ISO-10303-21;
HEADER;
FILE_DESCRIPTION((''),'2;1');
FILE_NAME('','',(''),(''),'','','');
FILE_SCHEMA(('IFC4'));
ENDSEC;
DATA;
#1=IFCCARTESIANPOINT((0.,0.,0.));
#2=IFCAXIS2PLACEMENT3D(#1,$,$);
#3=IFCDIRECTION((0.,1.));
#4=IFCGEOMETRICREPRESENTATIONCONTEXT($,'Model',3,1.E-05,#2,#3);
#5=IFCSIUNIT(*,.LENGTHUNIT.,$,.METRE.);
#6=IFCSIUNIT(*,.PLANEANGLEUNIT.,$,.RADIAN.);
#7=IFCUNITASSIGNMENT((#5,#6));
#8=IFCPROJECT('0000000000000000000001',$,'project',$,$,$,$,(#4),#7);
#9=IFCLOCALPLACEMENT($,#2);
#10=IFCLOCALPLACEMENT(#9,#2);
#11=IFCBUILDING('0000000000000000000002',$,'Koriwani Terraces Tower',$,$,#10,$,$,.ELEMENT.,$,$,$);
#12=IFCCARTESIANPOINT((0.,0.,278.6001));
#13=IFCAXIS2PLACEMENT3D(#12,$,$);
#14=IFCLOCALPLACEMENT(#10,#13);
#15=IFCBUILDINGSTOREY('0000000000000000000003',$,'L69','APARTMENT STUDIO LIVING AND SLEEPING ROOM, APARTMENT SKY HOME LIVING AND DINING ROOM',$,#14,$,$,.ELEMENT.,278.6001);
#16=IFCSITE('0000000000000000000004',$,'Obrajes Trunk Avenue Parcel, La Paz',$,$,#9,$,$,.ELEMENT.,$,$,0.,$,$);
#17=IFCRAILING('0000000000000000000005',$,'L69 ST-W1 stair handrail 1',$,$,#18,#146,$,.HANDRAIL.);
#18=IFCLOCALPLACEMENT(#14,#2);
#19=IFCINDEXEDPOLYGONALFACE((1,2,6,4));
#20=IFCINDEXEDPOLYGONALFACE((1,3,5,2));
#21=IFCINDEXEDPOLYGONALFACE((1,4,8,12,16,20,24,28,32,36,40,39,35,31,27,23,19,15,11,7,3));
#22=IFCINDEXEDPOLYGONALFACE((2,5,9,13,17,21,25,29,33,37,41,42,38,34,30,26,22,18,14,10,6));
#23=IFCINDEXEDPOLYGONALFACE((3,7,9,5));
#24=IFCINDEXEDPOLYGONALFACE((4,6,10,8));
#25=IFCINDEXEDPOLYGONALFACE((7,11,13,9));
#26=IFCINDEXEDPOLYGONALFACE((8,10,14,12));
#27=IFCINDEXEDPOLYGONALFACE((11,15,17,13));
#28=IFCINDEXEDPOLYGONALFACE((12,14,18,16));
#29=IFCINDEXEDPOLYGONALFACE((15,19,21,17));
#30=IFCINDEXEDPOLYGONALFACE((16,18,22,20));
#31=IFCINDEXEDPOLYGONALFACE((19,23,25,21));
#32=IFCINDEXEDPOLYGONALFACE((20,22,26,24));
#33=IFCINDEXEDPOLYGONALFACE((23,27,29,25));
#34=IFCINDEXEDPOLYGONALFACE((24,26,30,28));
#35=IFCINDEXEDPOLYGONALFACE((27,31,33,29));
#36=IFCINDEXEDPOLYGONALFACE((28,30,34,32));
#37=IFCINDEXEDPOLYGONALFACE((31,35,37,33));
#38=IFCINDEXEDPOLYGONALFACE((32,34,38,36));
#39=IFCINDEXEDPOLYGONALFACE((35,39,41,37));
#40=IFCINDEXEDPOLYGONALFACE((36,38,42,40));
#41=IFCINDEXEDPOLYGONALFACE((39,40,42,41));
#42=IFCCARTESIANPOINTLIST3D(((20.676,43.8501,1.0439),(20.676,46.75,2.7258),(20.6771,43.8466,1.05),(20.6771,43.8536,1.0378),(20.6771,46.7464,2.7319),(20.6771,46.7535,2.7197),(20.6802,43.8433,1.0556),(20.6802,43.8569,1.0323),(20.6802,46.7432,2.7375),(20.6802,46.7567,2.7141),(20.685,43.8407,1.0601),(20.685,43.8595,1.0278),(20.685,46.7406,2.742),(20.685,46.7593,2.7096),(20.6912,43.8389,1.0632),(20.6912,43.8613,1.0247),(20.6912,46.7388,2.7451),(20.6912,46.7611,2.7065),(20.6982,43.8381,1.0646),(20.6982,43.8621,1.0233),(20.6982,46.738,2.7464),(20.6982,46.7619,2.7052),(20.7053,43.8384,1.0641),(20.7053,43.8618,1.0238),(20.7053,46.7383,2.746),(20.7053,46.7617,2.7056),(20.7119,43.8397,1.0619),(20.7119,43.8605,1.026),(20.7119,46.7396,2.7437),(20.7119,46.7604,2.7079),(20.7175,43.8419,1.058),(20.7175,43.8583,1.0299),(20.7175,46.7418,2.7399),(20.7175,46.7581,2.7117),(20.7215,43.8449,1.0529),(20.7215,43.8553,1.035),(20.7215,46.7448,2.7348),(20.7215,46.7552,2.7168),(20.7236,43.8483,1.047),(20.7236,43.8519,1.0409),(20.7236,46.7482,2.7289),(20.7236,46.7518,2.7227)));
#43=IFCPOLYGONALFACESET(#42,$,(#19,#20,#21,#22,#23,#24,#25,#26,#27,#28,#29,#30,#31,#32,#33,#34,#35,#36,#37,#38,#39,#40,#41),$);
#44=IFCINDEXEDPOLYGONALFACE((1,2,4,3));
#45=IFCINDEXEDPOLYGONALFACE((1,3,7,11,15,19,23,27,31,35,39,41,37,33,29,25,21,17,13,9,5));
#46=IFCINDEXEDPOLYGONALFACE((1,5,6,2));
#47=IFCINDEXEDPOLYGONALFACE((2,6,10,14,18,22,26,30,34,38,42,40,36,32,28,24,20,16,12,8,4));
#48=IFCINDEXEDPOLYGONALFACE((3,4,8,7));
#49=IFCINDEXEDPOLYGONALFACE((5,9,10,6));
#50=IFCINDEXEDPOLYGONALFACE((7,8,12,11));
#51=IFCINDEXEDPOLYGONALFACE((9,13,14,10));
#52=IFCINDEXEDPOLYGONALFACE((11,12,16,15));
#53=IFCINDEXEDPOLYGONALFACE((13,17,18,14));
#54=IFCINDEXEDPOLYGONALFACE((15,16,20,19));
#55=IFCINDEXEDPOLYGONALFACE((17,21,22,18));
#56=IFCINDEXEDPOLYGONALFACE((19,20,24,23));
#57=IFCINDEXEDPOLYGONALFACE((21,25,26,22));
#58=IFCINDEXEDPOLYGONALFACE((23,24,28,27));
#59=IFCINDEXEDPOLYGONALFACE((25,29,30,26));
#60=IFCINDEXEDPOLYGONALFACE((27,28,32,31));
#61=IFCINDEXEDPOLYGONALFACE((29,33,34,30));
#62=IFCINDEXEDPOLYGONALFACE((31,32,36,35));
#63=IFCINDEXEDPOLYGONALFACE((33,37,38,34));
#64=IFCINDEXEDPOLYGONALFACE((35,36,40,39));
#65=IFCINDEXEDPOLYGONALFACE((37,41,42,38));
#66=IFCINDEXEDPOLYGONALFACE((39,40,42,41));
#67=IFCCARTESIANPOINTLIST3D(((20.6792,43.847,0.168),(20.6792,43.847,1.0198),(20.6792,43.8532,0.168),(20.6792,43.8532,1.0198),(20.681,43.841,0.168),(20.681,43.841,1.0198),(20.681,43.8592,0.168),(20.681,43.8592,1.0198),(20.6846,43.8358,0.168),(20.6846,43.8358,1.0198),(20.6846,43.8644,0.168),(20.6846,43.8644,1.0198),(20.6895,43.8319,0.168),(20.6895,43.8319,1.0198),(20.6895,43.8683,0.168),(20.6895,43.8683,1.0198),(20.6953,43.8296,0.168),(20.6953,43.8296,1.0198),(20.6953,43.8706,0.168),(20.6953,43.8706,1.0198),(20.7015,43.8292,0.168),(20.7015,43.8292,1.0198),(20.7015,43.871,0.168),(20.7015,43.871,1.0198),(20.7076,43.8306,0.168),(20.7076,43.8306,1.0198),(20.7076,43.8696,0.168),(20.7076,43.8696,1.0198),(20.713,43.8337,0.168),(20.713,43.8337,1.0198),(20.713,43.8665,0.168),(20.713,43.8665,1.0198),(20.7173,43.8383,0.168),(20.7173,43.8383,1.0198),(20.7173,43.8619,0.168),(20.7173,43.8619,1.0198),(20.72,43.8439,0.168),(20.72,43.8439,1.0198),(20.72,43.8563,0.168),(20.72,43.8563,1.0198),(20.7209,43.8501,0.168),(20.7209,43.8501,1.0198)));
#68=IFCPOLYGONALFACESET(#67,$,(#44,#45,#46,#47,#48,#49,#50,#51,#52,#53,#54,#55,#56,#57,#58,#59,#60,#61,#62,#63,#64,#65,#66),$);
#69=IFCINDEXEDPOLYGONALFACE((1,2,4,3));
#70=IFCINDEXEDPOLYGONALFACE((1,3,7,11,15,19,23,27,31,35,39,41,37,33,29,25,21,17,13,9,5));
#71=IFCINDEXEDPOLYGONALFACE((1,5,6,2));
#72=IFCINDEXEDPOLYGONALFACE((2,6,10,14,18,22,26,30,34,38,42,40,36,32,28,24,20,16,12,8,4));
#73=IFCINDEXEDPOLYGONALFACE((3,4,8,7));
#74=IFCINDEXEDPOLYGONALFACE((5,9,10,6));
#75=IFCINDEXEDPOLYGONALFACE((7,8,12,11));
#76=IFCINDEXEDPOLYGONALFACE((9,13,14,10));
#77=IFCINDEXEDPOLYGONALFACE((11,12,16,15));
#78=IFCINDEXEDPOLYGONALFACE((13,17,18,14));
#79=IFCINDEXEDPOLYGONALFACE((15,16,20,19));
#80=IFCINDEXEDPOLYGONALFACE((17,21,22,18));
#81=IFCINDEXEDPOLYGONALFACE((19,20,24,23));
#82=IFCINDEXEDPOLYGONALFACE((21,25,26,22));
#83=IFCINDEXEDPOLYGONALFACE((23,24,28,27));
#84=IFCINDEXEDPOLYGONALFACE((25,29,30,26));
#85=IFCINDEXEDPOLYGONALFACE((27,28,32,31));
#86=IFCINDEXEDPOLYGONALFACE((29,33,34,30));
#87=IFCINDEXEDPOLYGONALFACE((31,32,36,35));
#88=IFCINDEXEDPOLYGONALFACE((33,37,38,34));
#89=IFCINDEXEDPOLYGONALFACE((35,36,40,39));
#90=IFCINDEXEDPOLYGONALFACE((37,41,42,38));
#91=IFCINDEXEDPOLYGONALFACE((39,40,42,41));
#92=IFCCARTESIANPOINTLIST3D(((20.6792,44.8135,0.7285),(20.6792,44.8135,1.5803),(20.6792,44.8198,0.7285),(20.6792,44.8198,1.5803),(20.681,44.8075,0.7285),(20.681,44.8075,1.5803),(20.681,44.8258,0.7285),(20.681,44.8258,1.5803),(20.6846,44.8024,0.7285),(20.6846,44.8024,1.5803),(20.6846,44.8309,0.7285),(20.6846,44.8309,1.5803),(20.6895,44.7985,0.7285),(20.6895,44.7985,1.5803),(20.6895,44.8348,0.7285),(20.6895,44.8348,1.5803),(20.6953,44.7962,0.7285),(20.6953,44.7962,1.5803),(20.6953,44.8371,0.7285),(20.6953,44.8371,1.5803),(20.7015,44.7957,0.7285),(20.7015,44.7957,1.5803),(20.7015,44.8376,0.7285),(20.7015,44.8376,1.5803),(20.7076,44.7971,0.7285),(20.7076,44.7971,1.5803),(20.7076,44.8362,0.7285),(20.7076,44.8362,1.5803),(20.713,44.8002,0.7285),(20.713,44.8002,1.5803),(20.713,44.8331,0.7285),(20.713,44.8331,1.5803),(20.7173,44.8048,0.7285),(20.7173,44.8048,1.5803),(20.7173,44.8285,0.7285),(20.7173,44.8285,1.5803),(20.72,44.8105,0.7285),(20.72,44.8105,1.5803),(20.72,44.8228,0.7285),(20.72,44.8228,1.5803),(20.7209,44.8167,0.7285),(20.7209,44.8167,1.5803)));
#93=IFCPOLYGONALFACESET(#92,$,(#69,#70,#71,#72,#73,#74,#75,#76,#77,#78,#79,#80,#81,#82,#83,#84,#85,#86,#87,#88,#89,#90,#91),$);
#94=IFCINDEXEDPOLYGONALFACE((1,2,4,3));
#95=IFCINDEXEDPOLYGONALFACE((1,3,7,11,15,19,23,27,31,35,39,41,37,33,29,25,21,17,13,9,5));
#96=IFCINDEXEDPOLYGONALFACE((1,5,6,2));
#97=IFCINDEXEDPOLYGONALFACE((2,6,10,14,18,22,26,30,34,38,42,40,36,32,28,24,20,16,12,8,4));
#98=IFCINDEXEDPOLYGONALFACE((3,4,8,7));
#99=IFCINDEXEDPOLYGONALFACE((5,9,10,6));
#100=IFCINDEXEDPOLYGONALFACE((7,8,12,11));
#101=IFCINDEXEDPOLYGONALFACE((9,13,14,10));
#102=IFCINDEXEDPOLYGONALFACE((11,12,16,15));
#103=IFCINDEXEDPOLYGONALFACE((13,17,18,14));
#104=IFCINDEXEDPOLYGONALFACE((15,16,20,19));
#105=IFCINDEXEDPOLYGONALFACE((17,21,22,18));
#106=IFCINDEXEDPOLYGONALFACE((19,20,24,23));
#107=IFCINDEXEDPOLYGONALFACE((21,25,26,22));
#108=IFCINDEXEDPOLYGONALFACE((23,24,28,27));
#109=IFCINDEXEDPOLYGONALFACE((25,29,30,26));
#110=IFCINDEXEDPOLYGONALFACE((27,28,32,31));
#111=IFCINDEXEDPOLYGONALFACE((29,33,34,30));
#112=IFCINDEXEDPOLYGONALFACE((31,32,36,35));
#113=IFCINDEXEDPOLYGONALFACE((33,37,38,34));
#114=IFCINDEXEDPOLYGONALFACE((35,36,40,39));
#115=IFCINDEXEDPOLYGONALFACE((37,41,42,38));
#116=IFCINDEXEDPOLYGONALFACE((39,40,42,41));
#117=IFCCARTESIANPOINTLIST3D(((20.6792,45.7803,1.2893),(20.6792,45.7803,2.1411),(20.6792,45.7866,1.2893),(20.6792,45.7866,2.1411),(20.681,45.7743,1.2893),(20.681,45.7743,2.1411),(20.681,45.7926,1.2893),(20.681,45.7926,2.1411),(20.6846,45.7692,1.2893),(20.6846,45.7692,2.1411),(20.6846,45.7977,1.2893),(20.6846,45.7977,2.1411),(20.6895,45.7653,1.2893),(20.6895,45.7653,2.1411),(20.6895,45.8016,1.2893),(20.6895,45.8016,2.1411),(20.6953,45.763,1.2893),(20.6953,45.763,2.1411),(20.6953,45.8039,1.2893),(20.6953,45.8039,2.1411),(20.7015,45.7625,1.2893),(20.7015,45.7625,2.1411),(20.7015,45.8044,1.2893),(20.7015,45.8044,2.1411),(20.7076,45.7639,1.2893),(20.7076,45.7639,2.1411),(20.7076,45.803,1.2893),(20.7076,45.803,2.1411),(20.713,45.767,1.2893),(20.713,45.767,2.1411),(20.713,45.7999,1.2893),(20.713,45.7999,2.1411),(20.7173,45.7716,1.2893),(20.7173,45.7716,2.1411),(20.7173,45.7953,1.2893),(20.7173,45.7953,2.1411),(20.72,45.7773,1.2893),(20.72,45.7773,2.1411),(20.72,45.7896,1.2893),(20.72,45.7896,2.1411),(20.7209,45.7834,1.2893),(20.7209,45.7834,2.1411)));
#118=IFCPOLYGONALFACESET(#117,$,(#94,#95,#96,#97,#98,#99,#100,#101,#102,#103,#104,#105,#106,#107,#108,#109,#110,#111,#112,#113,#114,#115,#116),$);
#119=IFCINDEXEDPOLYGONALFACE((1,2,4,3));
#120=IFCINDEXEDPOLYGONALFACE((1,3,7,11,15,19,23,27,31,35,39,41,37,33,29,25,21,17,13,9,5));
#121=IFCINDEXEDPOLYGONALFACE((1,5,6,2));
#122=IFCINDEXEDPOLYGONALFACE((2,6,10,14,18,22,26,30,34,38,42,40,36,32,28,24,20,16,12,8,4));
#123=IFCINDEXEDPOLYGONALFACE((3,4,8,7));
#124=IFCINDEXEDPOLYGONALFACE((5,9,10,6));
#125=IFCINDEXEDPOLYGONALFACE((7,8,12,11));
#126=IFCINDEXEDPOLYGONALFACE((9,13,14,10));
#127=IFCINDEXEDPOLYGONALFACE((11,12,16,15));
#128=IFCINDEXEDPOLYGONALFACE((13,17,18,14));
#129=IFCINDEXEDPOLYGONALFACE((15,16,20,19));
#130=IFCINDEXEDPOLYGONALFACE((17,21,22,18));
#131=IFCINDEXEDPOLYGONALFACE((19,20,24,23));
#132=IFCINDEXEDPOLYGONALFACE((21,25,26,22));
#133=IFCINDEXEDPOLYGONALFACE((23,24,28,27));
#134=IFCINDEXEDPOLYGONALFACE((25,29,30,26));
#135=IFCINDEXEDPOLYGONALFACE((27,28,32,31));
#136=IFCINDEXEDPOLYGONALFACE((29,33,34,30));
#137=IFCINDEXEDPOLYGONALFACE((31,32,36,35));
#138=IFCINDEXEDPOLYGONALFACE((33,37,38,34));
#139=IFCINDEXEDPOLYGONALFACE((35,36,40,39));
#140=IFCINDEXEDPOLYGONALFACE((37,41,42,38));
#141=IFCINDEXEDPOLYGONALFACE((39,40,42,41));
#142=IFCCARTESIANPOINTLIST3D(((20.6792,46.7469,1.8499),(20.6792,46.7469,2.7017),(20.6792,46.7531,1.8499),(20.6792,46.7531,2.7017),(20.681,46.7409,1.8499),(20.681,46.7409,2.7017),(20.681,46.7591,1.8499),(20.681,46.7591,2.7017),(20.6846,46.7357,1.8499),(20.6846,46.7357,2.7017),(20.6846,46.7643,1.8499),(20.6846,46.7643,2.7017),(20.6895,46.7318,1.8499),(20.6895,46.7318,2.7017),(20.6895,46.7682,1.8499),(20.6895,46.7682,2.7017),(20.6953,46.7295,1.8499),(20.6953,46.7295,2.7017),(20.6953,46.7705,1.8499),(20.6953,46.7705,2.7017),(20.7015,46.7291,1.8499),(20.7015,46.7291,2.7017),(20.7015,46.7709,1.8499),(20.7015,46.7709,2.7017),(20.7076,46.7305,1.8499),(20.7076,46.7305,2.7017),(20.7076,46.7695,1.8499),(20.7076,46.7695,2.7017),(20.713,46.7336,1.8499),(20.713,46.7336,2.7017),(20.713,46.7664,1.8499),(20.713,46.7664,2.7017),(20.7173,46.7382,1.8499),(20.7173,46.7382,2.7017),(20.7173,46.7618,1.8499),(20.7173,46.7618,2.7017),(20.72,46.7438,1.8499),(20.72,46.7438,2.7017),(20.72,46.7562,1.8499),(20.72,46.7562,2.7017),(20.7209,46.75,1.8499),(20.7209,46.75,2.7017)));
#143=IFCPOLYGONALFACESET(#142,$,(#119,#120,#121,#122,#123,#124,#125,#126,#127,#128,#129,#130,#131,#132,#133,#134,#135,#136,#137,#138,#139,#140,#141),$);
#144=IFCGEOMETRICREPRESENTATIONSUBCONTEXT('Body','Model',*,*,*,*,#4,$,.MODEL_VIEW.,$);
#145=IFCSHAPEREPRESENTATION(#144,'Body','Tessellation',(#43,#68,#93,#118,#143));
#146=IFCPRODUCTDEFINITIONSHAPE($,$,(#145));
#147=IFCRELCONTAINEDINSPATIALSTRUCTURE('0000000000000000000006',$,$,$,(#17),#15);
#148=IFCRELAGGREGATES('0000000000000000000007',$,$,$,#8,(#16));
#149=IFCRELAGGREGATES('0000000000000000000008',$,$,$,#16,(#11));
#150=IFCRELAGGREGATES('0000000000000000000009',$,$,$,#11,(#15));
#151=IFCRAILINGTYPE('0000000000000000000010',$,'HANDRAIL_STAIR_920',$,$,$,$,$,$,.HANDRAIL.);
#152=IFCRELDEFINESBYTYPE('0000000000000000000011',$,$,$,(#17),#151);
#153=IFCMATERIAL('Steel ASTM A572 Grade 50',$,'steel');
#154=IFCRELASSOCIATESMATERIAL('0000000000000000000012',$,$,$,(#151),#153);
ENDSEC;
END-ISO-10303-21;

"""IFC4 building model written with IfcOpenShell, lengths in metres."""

from ifc_helpers import new_model, si_unit, direction, frame, origin, origin_2d, place, context, subcontext, project, spatial, circle, extrude, material, type_object, element, save


model = new_model("IFC4")

# Units and contexts
model_context = context("Model", 3, precision=1e-05, world=origin(), true_north=direction((0.0, 1.0)))
body_context = subcontext(model_context, "Body", "Model", "MODEL_VIEW")
ifc_project = project(units=[si_unit("LENGTHUNIT", "METRE"), si_unit("PLANEANGLEUNIT", "RADIAN")], contexts=[model_context])

# Site, building, storey
site_placement = place(None, origin())
site = spatial("IfcSite", under=ifc_project, at=site_placement, Name="Obrajes Trunk Avenue Parcel, La Paz", CompositionType="ELEMENT", RefElevation=0.0)
building_placement = place(site_placement, origin())
building = spatial("IfcBuilding", under=site, at=building_placement, Name="Koriwani Terraces Tower", CompositionType="ELEMENT")
storey_placement = place(building_placement, frame((0.0, 0.0, 278.6001)))
storey = spatial("IfcBuildingStorey", under=building, at=storey_placement, Name="L69", Description="APARTMENT STUDIO LIVING AND SLEEPING ROOM, APARTMENT SKY HOME LIVING AND DINING ROOM", CompositionType="ELEMENT", Elevation=278.6001)

# Shared definitions
ifc_material_1 = material(Name="Steel ASTM A572 Grade 50", Category="steel")

# Railing
railing_type_1 = type_object("IfcRailingType", Name="HANDRAIL_STAIR_920", PredefinedType="HANDRAIL", material=ifc_material_1)
railing_1_placement = place(storey_placement, frame((20.7, 43.8501, 0.168)))
element("IfcRailing", 1, at=railing_1_placement, inside=storey, type_object=railing_type_1, Name="L69 ST-W1 stair handrail 1", PredefinedType="HANDRAIL", context=body_context, shape_type="SweptSolid", body=[
    extrude(circle(Radius=0.0239, at=origin_2d()), frame((0.0, 0.0, 0.876), z_axis=(0.0, 0.865039, 0.501705), x_axis=(-1.0, 0.0, 0.0)), (0.0, 0.0, 1.0), 3.3523),
    extrude(circle(Radius=0.021, at=origin_2d()), origin(), (0.0, 0.0, 1.0), 0.8518),
    extrude(circle(Radius=0.021, at=origin_2d()), frame((0.0, 0.9666, 0.5605)), (0.0, 0.0, 1.0), 0.8518),
    extrude(circle(Radius=0.021, at=origin_2d()), frame((0.0, 1.9333, 1.1213)), (0.0, 0.0, 1.0), 0.8518),
    extrude(circle(Radius=0.021, at=origin_2d()), frame((0.0, 2.8999, 1.6819)), (0.0, 0.0, 1.0), 0.8518),
])

save(model, "model.ifc")
